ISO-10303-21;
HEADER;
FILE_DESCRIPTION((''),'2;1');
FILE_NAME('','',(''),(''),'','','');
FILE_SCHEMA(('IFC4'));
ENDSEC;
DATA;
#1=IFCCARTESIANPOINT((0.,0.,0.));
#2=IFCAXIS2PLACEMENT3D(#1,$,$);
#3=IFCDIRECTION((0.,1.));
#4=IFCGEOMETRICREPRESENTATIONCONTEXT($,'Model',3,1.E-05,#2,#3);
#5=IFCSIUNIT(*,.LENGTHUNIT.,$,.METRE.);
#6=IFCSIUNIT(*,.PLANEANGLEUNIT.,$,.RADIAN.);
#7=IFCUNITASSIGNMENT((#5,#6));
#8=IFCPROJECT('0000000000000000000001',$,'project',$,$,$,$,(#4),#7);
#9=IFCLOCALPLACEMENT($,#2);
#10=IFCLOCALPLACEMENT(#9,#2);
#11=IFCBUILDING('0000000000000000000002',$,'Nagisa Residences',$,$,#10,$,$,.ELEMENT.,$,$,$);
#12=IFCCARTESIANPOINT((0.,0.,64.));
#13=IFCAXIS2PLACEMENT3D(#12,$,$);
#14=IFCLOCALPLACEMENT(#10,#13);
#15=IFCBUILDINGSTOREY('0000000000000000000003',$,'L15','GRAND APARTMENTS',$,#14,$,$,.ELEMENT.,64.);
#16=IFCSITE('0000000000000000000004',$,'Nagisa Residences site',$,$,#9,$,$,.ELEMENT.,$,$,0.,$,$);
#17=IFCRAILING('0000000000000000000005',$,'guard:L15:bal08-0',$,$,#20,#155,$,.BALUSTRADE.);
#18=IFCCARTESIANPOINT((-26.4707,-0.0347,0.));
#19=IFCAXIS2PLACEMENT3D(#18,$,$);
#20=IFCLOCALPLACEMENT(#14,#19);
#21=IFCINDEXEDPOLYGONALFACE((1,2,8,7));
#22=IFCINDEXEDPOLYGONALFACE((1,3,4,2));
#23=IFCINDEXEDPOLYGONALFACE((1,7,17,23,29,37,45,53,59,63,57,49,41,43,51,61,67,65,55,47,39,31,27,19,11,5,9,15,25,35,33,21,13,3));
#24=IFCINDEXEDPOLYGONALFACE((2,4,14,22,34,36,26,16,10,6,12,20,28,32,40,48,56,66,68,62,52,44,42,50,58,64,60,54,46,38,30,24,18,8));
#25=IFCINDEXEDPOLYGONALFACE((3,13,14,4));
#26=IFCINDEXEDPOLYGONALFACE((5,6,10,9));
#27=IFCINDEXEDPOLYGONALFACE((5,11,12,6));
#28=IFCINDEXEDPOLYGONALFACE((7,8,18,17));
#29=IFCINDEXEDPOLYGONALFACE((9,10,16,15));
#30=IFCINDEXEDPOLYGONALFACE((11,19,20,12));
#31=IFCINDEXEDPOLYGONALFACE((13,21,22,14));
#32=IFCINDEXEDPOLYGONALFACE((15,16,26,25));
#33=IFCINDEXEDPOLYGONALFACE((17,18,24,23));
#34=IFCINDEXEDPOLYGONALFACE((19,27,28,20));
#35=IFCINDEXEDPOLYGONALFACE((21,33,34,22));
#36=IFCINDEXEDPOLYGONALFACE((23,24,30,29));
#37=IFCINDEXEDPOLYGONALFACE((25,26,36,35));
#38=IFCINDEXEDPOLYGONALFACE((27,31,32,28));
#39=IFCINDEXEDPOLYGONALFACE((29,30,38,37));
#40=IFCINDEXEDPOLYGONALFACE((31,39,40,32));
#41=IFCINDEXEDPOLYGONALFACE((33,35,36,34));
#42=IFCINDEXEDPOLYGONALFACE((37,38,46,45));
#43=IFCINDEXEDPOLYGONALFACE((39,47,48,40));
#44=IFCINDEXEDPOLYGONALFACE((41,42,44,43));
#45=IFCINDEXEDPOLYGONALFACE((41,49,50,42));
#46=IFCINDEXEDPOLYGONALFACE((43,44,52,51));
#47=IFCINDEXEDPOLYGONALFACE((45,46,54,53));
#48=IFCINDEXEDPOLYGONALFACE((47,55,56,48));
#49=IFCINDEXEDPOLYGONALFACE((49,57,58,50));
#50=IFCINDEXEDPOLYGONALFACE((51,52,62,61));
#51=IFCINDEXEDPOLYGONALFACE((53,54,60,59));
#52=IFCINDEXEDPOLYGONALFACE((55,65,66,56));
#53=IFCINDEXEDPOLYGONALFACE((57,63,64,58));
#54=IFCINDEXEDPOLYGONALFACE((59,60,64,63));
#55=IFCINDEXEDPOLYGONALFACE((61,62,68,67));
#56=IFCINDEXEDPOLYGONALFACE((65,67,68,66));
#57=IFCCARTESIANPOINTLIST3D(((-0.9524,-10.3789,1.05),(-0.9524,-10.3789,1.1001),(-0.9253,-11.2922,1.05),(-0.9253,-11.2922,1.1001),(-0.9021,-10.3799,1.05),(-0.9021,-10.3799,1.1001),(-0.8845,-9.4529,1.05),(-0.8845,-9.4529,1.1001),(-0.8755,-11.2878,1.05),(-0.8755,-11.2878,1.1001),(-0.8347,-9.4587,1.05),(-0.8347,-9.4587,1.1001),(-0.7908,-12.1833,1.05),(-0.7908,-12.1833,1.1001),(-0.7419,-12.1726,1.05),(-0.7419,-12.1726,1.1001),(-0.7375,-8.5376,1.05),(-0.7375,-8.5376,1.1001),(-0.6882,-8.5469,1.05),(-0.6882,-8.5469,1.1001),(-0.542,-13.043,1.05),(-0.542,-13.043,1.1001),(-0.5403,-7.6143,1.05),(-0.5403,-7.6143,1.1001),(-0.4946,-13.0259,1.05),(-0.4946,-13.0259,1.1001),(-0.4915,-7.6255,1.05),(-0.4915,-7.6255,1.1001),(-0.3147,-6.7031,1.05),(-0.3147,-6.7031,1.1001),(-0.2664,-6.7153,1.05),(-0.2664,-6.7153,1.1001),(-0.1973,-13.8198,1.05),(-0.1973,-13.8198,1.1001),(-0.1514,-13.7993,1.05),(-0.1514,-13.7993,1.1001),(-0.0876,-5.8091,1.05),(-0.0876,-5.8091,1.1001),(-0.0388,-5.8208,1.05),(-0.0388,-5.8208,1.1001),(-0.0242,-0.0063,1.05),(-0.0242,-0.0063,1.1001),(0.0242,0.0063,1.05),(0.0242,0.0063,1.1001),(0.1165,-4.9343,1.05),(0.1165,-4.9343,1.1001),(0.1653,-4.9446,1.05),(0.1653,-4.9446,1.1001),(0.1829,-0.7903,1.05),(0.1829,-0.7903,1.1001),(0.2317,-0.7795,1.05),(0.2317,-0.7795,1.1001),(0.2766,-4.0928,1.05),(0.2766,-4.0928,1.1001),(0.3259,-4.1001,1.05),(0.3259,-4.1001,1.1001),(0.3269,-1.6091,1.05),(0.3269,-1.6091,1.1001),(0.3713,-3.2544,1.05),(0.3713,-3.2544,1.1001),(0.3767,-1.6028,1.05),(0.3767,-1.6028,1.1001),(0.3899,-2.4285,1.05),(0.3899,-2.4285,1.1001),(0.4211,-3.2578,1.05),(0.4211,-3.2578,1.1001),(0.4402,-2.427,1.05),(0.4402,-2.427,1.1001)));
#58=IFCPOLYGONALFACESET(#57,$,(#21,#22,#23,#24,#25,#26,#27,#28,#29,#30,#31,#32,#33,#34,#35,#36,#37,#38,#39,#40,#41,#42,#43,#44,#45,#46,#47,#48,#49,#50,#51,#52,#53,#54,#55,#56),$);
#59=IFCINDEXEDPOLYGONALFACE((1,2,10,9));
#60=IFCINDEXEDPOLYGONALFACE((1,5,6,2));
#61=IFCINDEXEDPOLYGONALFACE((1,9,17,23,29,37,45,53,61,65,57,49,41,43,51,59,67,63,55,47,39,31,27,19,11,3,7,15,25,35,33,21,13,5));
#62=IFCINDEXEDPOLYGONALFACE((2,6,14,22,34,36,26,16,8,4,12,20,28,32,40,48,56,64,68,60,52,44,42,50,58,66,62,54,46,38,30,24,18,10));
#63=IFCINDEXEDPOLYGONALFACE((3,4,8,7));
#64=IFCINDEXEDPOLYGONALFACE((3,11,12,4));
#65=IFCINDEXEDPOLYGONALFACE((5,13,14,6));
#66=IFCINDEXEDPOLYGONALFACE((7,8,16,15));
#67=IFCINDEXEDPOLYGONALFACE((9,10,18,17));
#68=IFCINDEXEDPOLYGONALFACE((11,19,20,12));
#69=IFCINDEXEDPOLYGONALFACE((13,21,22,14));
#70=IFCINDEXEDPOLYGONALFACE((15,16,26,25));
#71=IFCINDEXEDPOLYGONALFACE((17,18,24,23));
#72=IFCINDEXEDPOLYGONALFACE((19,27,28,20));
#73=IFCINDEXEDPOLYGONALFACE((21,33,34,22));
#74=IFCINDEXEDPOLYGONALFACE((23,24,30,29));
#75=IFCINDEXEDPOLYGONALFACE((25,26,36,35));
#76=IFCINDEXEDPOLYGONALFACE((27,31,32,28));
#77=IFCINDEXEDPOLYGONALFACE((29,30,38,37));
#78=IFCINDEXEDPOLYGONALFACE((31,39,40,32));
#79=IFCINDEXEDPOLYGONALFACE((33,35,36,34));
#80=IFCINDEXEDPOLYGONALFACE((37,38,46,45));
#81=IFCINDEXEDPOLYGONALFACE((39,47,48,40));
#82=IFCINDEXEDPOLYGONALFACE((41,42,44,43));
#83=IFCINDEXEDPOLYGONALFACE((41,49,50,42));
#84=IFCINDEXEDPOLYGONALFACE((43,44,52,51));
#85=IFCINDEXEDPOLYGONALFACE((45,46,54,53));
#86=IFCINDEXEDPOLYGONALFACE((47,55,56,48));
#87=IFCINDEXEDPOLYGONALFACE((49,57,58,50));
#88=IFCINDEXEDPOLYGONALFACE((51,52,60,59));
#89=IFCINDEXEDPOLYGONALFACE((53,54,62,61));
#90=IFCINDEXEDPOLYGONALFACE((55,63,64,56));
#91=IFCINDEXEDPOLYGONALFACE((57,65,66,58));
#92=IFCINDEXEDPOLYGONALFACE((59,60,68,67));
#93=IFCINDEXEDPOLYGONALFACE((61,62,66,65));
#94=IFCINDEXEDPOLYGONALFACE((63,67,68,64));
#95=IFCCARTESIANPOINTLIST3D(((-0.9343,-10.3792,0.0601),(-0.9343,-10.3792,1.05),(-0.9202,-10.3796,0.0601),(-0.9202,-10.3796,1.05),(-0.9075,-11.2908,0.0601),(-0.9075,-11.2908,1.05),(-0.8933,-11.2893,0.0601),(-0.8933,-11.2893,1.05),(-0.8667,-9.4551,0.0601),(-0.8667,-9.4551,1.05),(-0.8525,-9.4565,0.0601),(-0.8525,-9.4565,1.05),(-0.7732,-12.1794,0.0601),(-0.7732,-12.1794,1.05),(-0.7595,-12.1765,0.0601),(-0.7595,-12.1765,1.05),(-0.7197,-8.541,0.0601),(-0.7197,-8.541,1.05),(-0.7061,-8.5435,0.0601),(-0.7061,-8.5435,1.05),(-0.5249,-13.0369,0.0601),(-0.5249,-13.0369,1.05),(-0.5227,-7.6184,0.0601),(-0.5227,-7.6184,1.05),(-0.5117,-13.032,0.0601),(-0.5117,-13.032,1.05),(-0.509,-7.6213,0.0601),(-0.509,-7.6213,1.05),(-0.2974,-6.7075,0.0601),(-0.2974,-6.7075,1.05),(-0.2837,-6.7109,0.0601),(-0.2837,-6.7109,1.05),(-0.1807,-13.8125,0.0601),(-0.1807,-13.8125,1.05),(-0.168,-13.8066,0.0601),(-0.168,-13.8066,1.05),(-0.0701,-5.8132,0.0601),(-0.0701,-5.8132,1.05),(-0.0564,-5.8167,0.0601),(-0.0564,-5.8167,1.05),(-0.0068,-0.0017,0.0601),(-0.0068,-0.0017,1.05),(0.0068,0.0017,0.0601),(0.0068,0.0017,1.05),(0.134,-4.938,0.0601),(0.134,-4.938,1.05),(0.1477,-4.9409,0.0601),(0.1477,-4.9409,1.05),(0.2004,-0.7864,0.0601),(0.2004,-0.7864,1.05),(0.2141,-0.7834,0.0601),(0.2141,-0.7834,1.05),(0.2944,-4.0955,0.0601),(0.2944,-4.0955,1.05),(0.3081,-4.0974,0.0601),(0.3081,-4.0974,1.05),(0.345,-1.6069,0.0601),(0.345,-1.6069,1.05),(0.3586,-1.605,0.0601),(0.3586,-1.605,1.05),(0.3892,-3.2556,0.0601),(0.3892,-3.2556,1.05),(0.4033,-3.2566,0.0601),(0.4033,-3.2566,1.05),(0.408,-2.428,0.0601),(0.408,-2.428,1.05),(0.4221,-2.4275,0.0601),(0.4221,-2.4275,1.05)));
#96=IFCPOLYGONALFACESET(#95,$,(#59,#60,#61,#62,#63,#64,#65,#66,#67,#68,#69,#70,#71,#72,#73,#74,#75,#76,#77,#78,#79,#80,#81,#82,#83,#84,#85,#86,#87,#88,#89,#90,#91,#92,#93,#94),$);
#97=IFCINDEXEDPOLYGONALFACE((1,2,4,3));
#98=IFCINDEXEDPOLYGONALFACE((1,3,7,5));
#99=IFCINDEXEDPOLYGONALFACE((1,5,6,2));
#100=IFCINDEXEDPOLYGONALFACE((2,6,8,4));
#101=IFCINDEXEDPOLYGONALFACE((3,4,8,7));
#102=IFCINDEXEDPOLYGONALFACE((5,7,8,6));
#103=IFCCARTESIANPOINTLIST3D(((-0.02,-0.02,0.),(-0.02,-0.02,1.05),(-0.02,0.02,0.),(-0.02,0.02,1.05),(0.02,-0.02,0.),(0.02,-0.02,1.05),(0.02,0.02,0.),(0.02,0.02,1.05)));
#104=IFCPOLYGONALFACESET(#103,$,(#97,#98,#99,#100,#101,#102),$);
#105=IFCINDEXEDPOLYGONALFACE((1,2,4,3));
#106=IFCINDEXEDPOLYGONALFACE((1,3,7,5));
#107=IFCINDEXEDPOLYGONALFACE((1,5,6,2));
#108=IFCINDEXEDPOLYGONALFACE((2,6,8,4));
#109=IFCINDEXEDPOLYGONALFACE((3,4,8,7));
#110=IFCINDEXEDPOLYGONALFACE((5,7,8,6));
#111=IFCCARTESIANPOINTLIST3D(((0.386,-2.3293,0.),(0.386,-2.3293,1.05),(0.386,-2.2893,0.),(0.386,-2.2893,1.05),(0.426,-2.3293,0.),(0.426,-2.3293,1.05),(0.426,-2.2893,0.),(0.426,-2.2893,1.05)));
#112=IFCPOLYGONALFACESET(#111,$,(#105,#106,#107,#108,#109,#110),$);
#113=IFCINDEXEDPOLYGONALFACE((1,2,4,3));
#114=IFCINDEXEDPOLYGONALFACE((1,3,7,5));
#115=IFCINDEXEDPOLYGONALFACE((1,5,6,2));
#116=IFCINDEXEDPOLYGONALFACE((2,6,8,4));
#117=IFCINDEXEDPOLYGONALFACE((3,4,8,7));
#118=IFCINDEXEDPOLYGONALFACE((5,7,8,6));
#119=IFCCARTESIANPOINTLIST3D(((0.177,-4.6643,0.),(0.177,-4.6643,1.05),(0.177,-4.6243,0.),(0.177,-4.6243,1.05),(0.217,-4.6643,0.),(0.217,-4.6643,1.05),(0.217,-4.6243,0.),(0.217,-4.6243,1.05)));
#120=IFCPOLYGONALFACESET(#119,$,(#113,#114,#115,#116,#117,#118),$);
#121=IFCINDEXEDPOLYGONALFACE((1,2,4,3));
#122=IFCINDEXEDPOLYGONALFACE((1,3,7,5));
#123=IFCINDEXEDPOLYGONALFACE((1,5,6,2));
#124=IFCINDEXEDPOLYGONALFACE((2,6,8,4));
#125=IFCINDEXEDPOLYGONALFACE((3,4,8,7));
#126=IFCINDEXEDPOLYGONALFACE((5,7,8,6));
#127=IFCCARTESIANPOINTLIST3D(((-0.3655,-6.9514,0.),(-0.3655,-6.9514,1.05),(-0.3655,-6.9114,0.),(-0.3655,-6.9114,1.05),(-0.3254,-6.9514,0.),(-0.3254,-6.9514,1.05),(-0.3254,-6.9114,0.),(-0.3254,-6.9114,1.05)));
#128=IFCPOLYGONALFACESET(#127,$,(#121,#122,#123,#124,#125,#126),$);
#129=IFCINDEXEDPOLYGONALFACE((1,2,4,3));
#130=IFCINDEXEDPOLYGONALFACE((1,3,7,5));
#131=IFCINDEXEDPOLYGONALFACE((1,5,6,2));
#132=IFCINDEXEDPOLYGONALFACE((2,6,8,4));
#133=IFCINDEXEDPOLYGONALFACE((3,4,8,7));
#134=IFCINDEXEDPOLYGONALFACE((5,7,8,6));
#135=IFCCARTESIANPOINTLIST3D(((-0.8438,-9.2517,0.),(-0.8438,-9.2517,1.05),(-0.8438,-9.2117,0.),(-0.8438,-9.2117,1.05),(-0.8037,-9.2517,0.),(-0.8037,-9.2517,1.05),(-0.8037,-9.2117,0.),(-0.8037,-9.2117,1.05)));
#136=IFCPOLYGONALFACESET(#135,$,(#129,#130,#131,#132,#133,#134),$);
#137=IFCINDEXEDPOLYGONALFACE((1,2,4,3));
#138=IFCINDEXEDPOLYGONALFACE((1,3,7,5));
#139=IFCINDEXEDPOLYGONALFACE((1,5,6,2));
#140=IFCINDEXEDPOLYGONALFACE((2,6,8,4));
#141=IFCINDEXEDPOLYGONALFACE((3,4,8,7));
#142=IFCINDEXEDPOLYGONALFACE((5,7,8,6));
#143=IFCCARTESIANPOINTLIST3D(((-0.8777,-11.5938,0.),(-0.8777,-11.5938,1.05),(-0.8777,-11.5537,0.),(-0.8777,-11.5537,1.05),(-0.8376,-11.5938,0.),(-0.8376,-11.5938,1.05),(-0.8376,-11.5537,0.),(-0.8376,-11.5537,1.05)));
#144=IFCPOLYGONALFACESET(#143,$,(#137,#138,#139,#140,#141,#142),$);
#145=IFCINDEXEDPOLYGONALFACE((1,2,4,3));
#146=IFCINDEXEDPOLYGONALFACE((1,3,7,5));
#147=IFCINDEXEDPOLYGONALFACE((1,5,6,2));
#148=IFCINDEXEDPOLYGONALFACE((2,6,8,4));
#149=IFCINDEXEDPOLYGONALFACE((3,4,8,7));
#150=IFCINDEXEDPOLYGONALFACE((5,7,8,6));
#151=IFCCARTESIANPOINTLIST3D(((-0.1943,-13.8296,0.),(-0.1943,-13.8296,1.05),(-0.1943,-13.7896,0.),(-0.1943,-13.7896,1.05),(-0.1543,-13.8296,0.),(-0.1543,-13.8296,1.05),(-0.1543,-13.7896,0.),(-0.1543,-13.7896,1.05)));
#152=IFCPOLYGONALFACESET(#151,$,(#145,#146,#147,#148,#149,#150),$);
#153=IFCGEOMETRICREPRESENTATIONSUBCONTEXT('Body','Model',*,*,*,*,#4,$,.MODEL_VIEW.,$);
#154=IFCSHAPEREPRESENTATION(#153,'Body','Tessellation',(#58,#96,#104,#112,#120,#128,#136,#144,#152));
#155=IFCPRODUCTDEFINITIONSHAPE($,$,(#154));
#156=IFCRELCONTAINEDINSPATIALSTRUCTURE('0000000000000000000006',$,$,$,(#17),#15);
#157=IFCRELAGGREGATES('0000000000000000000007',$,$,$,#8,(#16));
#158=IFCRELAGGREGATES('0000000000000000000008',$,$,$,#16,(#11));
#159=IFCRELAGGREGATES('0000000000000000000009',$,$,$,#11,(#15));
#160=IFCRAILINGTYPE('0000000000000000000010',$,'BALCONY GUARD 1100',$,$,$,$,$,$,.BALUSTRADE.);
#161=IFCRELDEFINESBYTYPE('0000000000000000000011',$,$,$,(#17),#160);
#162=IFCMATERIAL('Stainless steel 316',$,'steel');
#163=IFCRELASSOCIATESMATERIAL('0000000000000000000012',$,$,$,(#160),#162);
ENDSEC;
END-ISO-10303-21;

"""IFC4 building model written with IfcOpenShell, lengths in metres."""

from ifc_helpers import new_model, si_unit, direction, frame, origin, origin_2d, place, context, subcontext, project, spatial, polyline, rectangle, outline, extrude, material, type_object, element, save


model = new_model("IFC4")

# Units and contexts
model_context = context("Model", 3, precision=1e-05, world=origin(), true_north=direction((0.0, 1.0)))
body_context = subcontext(model_context, "Body", "Model", "MODEL_VIEW")
ifc_project = project(units=[si_unit("LENGTHUNIT", "METRE"), si_unit("PLANEANGLEUNIT", "RADIAN")], contexts=[model_context])

# Site, building, storey
site_placement = place(None, origin())
site = spatial("IfcSite", under=ifc_project, at=site_placement, Name="Nagisa Residences site", CompositionType="ELEMENT", RefElevation=0.0)
building_placement = place(site_placement, origin())
building = spatial("IfcBuilding", under=site, at=building_placement, Name="Nagisa Residences", CompositionType="ELEMENT")
storey_placement = place(building_placement, frame((0.0, 0.0, 64.0)))
storey = spatial("IfcBuildingStorey", under=building, at=storey_placement, Name="L15", Description="GRAND APARTMENTS", CompositionType="ELEMENT", Elevation=64.0)

# Railing
ifc_material_1 = material(Name="Stainless steel 316", Category="steel")
railing_type = type_object("IfcRailingType", Name="BALCONY GUARD 1100", PredefinedType="BALUSTRADE", material=ifc_material_1)
railing_placement = place(storey_placement, frame((-26.4707, -0.0347, 0.0)))
element("IfcRailing", 1, at=railing_placement, inside=storey, type_object=railing_type, Name="guard:L15:bal08-0", PredefinedType="BALUSTRADE", context=body_context, shape_type="SweptSolid", body=[
    extrude(outline(polyline([(0.2317, -0.7795), (0.0242, 0.0063), (-0.0242, -0.0063), (0.1829, -0.7903), (0.3269, -1.6091), (0.3899, -2.4285), (0.3713, -3.2544), (0.2766, -4.0928), (0.1165, -4.9343), (-0.0876, -5.8091), (-0.3147, -6.7031), (-0.5403, -7.6143), (-0.7375, -8.5376), (-0.8845, -9.4529), (-0.9524, -10.3789), (-0.9253, -11.2922), (-0.7908, -12.1833), (-0.542, -13.043), (-0.1973, -13.8198), (-0.1514, -13.7993), (-0.4946, -13.0259), (-0.7419, -12.1726), (-0.8755, -11.2878), (-0.9021, -10.3799), (-0.8347, -9.4587), (-0.6882, -8.5469), (-0.4915, -7.6255), (-0.2664, -6.7153), (-0.0388, -5.8208), (0.1653, -4.9446), (0.3259, -4.1001), (0.4211, -3.2578), (0.4402, -2.427), (0.3767, -1.6028), (0.2317, -0.7795)])), frame((0.0, 0.0, 1.05)), (0.0, 0.0, 1.0), 0.05),
    extrude(outline(polyline([(0.2141, -0.7834), (0.0068, 0.0017), (-0.0068, -0.0017), (0.2004, -0.7864), (0.345, -1.6069), (0.408, -2.428), (0.3892, -3.2556), (0.2944, -4.0955), (0.134, -4.938), (-0.0701, -5.8132), (-0.2974, -6.7075), (-0.5227, -7.6184), (-0.7197, -8.541), (-0.8667, -9.4551), (-0.9343, -10.3792), (-0.9075, -11.2908), (-0.7732, -12.1794), (-0.5249, -13.0369), (-0.1807, -13.8125), (-0.168, -13.8066), (-0.5117, -13.032), (-0.7595, -12.1765), (-0.8933, -11.2893), (-0.9202, -10.3796), (-0.8525, -9.4565), (-0.7061, -8.5435), (-0.509, -7.6213), (-0.2837, -6.7109), (-0.0564, -5.8167), (0.1477, -4.9409), (0.3081, -4.0974), (0.4033, -3.2566), (0.4221, -2.4275), (0.3586, -1.605), (0.2141, -0.7834)])), frame((0.0, 0.0, 0.0601)), (0.0, 0.0, 1.0), 0.99),
    extrude(rectangle(XDim=0.04, YDim=0.04, at=origin_2d()), origin(), (0.0, 0.0, 1.0), 1.05),
    extrude(rectangle(XDim=0.04, YDim=0.04, at=origin_2d()), frame((0.406, -2.3093, 0.0)), (0.0, 0.0, 1.0), 1.05),
    extrude(rectangle(XDim=0.04, YDim=0.04, at=origin_2d()), frame((0.197, -4.6443, 0.0)), (0.0, 0.0, 1.0), 1.05),
    extrude(rectangle(XDim=0.04, YDim=0.04, at=origin_2d()), frame((-0.3455, -6.9314, 0.0)), (0.0, 0.0, 1.0), 1.05),
    extrude(rectangle(XDim=0.04, YDim=0.04, at=origin_2d()), frame((-0.8237, -9.2317, 0.0)), (0.0, 0.0, 1.0), 1.05),
    extrude(rectangle(XDim=0.04, YDim=0.04, at=origin_2d()), frame((-0.8577, -11.5737, 0.0)), (0.0, 0.0, 1.0), 1.05),
    extrude(rectangle(XDim=0.04, YDim=0.04, at=origin_2d()), frame((-0.1743, -13.8096, 0.0)), (0.0, 0.0, 1.0), 1.05),
])

save(model, "model.ifc")
